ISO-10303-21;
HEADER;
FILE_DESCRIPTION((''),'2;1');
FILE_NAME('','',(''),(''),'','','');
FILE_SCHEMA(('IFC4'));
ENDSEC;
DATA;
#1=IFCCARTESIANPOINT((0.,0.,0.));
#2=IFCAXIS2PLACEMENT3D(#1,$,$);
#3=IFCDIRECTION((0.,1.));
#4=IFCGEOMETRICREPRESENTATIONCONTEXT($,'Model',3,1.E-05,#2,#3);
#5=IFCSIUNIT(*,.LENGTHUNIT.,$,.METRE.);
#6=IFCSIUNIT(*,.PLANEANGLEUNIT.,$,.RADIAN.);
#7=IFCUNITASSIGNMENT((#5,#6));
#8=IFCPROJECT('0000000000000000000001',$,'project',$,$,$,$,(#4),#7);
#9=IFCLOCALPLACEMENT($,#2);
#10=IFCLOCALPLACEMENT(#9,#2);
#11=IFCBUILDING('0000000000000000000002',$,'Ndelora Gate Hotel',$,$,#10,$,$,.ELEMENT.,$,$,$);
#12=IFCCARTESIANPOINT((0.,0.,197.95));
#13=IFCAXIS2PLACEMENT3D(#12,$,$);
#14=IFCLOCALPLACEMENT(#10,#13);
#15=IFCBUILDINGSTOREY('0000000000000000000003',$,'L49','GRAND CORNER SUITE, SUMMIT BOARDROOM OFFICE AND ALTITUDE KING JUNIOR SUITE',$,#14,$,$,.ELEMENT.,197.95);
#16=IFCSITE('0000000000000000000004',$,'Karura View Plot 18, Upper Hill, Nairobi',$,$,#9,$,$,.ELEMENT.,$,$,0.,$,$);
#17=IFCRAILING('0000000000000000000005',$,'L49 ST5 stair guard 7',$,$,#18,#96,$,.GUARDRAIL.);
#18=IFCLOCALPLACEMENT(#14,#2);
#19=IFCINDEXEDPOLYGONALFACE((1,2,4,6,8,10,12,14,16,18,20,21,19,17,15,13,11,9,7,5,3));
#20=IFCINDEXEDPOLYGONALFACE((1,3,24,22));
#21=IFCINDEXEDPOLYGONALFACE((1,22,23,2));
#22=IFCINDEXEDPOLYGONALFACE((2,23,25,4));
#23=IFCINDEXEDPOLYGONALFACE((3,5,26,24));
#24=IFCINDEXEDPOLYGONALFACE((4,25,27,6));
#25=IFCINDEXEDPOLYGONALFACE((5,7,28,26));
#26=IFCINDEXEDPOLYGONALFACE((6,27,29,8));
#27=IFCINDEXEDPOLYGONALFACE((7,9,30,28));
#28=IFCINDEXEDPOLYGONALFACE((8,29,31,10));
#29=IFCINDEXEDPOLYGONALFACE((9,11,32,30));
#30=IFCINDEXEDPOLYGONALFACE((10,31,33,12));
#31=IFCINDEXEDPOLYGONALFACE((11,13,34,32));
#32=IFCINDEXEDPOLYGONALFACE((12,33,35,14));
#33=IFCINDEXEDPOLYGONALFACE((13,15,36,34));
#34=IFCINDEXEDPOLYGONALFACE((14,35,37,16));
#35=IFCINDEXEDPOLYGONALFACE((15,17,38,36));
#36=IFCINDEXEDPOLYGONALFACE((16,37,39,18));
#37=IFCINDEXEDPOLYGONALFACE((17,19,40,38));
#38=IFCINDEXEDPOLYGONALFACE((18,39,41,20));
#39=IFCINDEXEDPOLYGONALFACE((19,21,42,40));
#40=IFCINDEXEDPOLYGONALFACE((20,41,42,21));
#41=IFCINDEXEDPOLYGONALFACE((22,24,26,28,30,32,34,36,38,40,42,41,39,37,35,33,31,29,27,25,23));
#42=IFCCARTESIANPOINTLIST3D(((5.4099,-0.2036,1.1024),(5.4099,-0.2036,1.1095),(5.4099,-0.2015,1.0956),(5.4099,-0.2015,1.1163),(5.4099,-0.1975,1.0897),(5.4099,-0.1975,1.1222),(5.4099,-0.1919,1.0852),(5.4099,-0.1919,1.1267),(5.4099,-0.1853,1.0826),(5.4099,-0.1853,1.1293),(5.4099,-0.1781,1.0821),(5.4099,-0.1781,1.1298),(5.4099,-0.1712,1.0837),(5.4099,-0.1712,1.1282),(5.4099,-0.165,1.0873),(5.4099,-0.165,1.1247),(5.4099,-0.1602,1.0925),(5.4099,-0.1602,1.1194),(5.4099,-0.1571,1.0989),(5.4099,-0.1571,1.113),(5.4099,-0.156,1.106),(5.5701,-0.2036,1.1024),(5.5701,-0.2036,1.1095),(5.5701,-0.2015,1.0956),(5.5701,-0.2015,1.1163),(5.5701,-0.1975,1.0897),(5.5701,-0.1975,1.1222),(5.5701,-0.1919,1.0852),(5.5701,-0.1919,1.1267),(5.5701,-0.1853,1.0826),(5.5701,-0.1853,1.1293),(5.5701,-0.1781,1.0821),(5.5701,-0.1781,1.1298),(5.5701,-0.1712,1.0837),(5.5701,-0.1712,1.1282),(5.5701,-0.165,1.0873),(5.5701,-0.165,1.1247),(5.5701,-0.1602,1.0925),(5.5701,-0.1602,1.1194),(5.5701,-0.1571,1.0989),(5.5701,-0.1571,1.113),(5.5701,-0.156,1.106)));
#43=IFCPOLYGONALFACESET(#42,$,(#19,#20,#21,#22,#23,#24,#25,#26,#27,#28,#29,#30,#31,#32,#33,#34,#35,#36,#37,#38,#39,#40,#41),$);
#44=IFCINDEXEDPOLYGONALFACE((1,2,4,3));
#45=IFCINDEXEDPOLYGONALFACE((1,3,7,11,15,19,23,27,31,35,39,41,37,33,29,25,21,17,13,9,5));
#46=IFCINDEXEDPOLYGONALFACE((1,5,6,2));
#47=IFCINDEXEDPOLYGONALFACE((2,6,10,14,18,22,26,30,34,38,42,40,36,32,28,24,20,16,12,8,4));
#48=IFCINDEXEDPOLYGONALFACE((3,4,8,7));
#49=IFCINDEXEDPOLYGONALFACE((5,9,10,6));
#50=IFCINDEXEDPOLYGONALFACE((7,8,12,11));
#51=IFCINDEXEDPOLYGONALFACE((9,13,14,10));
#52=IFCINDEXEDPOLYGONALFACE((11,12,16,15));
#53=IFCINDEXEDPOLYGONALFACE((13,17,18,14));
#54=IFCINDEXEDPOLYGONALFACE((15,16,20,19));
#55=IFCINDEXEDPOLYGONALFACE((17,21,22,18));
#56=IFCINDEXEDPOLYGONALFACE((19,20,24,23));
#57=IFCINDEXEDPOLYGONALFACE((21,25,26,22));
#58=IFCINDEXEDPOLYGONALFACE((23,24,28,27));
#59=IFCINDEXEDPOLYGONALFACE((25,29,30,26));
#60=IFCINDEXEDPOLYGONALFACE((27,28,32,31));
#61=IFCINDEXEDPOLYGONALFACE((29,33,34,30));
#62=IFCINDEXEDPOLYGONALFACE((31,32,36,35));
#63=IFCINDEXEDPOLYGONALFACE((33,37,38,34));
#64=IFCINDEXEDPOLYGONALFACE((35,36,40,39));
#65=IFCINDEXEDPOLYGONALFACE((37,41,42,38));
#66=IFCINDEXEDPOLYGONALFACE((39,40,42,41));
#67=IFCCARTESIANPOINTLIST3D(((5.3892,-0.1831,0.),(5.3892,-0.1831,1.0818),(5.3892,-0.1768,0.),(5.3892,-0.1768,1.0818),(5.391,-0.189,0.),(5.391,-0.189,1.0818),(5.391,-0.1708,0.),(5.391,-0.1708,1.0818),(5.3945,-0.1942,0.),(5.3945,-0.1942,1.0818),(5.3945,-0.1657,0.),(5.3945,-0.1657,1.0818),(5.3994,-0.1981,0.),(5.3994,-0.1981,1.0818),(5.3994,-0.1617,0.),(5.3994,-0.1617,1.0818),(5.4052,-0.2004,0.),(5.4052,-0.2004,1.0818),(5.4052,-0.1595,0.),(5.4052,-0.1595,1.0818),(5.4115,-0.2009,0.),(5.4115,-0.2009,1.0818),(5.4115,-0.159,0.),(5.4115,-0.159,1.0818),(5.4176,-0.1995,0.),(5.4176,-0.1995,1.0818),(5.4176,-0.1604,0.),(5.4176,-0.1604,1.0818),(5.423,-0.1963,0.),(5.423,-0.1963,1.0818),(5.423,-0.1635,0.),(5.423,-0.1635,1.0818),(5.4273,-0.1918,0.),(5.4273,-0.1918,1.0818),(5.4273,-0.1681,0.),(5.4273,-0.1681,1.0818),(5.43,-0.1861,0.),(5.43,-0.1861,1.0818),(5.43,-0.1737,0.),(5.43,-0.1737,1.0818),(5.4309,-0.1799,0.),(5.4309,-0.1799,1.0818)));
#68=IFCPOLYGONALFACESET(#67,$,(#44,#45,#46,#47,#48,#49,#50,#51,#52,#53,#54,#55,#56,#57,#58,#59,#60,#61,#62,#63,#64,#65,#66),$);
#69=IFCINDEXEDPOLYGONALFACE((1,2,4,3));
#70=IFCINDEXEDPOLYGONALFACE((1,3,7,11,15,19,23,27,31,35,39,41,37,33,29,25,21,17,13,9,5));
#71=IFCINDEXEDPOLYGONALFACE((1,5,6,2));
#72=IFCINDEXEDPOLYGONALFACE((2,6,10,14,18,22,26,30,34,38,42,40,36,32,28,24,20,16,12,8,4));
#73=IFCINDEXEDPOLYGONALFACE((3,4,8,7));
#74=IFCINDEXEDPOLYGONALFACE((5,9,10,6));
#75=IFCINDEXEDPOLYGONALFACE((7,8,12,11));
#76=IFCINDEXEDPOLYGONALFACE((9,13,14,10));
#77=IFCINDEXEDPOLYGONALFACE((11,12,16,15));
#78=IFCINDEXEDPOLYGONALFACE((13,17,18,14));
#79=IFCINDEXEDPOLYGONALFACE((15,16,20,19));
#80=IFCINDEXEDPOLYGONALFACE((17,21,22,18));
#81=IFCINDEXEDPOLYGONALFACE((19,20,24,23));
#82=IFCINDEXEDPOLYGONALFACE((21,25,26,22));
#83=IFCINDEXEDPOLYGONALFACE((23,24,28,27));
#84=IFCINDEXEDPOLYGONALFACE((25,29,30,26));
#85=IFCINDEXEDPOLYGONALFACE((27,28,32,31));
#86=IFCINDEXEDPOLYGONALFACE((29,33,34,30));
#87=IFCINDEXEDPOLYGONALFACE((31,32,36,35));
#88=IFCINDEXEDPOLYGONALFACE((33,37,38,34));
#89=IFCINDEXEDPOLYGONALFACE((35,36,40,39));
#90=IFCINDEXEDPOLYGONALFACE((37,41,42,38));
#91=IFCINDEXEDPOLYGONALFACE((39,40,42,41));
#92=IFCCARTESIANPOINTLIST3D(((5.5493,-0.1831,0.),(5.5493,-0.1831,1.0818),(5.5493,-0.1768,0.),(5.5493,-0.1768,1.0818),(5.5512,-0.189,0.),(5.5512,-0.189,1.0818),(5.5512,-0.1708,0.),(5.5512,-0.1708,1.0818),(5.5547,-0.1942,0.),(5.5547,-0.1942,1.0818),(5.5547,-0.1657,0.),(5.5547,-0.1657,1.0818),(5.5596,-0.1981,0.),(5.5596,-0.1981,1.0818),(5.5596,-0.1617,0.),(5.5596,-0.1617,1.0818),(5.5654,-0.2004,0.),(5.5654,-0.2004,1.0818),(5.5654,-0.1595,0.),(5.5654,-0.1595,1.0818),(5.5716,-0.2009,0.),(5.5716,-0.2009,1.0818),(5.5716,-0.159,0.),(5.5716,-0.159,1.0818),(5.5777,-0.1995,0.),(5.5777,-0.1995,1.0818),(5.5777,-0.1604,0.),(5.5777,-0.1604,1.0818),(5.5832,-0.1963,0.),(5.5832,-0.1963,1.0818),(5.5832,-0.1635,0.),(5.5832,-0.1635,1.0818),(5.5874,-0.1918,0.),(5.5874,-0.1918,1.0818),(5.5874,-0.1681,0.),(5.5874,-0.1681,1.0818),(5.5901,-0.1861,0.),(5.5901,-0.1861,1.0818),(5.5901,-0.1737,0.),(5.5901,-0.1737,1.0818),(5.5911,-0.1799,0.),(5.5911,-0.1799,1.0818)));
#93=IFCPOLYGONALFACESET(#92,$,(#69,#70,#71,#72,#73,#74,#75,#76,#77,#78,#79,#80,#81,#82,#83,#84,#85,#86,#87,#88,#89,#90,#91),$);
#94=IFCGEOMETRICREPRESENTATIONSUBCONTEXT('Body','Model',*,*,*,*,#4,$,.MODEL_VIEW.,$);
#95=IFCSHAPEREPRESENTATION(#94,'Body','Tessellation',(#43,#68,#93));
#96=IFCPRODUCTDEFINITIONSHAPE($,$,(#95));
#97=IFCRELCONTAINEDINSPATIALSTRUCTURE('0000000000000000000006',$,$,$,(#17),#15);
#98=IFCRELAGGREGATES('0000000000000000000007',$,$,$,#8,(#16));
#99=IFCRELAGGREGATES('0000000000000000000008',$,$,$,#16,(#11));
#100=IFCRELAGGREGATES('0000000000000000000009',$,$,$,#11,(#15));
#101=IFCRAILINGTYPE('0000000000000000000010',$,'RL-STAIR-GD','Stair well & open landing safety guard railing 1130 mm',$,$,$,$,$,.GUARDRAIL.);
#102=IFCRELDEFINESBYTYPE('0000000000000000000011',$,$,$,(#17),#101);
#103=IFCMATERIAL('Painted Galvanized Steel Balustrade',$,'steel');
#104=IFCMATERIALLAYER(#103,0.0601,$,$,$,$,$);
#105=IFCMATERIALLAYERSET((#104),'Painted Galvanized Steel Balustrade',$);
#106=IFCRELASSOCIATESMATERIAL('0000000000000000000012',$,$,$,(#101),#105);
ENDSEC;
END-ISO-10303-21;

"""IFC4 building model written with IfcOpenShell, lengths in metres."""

from ifc_helpers import new_model, si_unit, direction, frame, origin, origin_2d, place, context, subcontext, project, spatial, circle, extrude, material, layer, layer_set, type_object, element, save


model = new_model("IFC4")

# Units and contexts
model_context = context("Model", 3, precision=1e-05, world=origin(), true_north=direction((0.0, 1.0)))
body_context = subcontext(model_context, "Body", "Model", "MODEL_VIEW")
ifc_project = project(units=[si_unit("LENGTHUNIT", "METRE"), si_unit("PLANEANGLEUNIT", "RADIAN")], contexts=[model_context])

# Site, building, storey
site_placement = place(None, origin())
site = spatial("IfcSite", under=ifc_project, at=site_placement, Name="Karura View Plot 18, Upper Hill, Nairobi", CompositionType="ELEMENT", RefElevation=0.0)
building_placement = place(site_placement, origin())
building = spatial("IfcBuilding", under=site, at=building_placement, Name="Ndelora Gate Hotel", CompositionType="ELEMENT")
storey_placement = place(building_placement, frame((0.0, 0.0, 197.95)))
storey = spatial("IfcBuildingStorey", under=building, at=storey_placement, Name="L49", Description="GRAND CORNER SUITE, SUMMIT BOARDROOM OFFICE AND ALTITUDE KING JUNIOR SUITE", CompositionType="ELEMENT", Elevation=197.95)

# Railing
ifc_material_1 = material(Name="Painted Galvanized Steel Balustrade", Category="steel")
ifc_layer_1 = layer(ifc_material_1, 0.0601)
ifc_layer_set_1 = layer_set([ifc_layer_1], Name="Painted Galvanized Steel Balustrade")
railing_type_1 = type_object("IfcRailingType", Name="RL-STAIR-GD", Description="Stair well & open landing safety guard railing 1130 mm", PredefinedType="GUARDRAIL", material=ifc_layer_set_1)
railing_1_placement = place(storey_placement, frame((5.4099, -0.1799, 0.0)))
element("IfcRailing", 1, at=railing_1_placement, inside=storey, type_object=railing_type_1, Name="L49 ST5 stair guard 7", PredefinedType="GUARDRAIL", context=body_context, shape_type="SweptSolid", body=[
    extrude(circle(Radius=0.0239, at=origin_2d()), frame((0.0, 0.0, 1.106), z_axis=(1.0, 0.0, 0.0), x_axis=(0.0, 1.0, 0.0)), (0.0, 0.0, 1.0), 0.1602),
    extrude(circle(Radius=0.021, at=origin_2d()), origin(), (0.0, 0.0, 1.0), 1.0818),
    extrude(circle(Radius=0.021, at=origin_2d()), frame((0.1602, 0.0, 0.0)), (0.0, 0.0, 1.0), 1.0818),
])

save(model, "model.ifc")
